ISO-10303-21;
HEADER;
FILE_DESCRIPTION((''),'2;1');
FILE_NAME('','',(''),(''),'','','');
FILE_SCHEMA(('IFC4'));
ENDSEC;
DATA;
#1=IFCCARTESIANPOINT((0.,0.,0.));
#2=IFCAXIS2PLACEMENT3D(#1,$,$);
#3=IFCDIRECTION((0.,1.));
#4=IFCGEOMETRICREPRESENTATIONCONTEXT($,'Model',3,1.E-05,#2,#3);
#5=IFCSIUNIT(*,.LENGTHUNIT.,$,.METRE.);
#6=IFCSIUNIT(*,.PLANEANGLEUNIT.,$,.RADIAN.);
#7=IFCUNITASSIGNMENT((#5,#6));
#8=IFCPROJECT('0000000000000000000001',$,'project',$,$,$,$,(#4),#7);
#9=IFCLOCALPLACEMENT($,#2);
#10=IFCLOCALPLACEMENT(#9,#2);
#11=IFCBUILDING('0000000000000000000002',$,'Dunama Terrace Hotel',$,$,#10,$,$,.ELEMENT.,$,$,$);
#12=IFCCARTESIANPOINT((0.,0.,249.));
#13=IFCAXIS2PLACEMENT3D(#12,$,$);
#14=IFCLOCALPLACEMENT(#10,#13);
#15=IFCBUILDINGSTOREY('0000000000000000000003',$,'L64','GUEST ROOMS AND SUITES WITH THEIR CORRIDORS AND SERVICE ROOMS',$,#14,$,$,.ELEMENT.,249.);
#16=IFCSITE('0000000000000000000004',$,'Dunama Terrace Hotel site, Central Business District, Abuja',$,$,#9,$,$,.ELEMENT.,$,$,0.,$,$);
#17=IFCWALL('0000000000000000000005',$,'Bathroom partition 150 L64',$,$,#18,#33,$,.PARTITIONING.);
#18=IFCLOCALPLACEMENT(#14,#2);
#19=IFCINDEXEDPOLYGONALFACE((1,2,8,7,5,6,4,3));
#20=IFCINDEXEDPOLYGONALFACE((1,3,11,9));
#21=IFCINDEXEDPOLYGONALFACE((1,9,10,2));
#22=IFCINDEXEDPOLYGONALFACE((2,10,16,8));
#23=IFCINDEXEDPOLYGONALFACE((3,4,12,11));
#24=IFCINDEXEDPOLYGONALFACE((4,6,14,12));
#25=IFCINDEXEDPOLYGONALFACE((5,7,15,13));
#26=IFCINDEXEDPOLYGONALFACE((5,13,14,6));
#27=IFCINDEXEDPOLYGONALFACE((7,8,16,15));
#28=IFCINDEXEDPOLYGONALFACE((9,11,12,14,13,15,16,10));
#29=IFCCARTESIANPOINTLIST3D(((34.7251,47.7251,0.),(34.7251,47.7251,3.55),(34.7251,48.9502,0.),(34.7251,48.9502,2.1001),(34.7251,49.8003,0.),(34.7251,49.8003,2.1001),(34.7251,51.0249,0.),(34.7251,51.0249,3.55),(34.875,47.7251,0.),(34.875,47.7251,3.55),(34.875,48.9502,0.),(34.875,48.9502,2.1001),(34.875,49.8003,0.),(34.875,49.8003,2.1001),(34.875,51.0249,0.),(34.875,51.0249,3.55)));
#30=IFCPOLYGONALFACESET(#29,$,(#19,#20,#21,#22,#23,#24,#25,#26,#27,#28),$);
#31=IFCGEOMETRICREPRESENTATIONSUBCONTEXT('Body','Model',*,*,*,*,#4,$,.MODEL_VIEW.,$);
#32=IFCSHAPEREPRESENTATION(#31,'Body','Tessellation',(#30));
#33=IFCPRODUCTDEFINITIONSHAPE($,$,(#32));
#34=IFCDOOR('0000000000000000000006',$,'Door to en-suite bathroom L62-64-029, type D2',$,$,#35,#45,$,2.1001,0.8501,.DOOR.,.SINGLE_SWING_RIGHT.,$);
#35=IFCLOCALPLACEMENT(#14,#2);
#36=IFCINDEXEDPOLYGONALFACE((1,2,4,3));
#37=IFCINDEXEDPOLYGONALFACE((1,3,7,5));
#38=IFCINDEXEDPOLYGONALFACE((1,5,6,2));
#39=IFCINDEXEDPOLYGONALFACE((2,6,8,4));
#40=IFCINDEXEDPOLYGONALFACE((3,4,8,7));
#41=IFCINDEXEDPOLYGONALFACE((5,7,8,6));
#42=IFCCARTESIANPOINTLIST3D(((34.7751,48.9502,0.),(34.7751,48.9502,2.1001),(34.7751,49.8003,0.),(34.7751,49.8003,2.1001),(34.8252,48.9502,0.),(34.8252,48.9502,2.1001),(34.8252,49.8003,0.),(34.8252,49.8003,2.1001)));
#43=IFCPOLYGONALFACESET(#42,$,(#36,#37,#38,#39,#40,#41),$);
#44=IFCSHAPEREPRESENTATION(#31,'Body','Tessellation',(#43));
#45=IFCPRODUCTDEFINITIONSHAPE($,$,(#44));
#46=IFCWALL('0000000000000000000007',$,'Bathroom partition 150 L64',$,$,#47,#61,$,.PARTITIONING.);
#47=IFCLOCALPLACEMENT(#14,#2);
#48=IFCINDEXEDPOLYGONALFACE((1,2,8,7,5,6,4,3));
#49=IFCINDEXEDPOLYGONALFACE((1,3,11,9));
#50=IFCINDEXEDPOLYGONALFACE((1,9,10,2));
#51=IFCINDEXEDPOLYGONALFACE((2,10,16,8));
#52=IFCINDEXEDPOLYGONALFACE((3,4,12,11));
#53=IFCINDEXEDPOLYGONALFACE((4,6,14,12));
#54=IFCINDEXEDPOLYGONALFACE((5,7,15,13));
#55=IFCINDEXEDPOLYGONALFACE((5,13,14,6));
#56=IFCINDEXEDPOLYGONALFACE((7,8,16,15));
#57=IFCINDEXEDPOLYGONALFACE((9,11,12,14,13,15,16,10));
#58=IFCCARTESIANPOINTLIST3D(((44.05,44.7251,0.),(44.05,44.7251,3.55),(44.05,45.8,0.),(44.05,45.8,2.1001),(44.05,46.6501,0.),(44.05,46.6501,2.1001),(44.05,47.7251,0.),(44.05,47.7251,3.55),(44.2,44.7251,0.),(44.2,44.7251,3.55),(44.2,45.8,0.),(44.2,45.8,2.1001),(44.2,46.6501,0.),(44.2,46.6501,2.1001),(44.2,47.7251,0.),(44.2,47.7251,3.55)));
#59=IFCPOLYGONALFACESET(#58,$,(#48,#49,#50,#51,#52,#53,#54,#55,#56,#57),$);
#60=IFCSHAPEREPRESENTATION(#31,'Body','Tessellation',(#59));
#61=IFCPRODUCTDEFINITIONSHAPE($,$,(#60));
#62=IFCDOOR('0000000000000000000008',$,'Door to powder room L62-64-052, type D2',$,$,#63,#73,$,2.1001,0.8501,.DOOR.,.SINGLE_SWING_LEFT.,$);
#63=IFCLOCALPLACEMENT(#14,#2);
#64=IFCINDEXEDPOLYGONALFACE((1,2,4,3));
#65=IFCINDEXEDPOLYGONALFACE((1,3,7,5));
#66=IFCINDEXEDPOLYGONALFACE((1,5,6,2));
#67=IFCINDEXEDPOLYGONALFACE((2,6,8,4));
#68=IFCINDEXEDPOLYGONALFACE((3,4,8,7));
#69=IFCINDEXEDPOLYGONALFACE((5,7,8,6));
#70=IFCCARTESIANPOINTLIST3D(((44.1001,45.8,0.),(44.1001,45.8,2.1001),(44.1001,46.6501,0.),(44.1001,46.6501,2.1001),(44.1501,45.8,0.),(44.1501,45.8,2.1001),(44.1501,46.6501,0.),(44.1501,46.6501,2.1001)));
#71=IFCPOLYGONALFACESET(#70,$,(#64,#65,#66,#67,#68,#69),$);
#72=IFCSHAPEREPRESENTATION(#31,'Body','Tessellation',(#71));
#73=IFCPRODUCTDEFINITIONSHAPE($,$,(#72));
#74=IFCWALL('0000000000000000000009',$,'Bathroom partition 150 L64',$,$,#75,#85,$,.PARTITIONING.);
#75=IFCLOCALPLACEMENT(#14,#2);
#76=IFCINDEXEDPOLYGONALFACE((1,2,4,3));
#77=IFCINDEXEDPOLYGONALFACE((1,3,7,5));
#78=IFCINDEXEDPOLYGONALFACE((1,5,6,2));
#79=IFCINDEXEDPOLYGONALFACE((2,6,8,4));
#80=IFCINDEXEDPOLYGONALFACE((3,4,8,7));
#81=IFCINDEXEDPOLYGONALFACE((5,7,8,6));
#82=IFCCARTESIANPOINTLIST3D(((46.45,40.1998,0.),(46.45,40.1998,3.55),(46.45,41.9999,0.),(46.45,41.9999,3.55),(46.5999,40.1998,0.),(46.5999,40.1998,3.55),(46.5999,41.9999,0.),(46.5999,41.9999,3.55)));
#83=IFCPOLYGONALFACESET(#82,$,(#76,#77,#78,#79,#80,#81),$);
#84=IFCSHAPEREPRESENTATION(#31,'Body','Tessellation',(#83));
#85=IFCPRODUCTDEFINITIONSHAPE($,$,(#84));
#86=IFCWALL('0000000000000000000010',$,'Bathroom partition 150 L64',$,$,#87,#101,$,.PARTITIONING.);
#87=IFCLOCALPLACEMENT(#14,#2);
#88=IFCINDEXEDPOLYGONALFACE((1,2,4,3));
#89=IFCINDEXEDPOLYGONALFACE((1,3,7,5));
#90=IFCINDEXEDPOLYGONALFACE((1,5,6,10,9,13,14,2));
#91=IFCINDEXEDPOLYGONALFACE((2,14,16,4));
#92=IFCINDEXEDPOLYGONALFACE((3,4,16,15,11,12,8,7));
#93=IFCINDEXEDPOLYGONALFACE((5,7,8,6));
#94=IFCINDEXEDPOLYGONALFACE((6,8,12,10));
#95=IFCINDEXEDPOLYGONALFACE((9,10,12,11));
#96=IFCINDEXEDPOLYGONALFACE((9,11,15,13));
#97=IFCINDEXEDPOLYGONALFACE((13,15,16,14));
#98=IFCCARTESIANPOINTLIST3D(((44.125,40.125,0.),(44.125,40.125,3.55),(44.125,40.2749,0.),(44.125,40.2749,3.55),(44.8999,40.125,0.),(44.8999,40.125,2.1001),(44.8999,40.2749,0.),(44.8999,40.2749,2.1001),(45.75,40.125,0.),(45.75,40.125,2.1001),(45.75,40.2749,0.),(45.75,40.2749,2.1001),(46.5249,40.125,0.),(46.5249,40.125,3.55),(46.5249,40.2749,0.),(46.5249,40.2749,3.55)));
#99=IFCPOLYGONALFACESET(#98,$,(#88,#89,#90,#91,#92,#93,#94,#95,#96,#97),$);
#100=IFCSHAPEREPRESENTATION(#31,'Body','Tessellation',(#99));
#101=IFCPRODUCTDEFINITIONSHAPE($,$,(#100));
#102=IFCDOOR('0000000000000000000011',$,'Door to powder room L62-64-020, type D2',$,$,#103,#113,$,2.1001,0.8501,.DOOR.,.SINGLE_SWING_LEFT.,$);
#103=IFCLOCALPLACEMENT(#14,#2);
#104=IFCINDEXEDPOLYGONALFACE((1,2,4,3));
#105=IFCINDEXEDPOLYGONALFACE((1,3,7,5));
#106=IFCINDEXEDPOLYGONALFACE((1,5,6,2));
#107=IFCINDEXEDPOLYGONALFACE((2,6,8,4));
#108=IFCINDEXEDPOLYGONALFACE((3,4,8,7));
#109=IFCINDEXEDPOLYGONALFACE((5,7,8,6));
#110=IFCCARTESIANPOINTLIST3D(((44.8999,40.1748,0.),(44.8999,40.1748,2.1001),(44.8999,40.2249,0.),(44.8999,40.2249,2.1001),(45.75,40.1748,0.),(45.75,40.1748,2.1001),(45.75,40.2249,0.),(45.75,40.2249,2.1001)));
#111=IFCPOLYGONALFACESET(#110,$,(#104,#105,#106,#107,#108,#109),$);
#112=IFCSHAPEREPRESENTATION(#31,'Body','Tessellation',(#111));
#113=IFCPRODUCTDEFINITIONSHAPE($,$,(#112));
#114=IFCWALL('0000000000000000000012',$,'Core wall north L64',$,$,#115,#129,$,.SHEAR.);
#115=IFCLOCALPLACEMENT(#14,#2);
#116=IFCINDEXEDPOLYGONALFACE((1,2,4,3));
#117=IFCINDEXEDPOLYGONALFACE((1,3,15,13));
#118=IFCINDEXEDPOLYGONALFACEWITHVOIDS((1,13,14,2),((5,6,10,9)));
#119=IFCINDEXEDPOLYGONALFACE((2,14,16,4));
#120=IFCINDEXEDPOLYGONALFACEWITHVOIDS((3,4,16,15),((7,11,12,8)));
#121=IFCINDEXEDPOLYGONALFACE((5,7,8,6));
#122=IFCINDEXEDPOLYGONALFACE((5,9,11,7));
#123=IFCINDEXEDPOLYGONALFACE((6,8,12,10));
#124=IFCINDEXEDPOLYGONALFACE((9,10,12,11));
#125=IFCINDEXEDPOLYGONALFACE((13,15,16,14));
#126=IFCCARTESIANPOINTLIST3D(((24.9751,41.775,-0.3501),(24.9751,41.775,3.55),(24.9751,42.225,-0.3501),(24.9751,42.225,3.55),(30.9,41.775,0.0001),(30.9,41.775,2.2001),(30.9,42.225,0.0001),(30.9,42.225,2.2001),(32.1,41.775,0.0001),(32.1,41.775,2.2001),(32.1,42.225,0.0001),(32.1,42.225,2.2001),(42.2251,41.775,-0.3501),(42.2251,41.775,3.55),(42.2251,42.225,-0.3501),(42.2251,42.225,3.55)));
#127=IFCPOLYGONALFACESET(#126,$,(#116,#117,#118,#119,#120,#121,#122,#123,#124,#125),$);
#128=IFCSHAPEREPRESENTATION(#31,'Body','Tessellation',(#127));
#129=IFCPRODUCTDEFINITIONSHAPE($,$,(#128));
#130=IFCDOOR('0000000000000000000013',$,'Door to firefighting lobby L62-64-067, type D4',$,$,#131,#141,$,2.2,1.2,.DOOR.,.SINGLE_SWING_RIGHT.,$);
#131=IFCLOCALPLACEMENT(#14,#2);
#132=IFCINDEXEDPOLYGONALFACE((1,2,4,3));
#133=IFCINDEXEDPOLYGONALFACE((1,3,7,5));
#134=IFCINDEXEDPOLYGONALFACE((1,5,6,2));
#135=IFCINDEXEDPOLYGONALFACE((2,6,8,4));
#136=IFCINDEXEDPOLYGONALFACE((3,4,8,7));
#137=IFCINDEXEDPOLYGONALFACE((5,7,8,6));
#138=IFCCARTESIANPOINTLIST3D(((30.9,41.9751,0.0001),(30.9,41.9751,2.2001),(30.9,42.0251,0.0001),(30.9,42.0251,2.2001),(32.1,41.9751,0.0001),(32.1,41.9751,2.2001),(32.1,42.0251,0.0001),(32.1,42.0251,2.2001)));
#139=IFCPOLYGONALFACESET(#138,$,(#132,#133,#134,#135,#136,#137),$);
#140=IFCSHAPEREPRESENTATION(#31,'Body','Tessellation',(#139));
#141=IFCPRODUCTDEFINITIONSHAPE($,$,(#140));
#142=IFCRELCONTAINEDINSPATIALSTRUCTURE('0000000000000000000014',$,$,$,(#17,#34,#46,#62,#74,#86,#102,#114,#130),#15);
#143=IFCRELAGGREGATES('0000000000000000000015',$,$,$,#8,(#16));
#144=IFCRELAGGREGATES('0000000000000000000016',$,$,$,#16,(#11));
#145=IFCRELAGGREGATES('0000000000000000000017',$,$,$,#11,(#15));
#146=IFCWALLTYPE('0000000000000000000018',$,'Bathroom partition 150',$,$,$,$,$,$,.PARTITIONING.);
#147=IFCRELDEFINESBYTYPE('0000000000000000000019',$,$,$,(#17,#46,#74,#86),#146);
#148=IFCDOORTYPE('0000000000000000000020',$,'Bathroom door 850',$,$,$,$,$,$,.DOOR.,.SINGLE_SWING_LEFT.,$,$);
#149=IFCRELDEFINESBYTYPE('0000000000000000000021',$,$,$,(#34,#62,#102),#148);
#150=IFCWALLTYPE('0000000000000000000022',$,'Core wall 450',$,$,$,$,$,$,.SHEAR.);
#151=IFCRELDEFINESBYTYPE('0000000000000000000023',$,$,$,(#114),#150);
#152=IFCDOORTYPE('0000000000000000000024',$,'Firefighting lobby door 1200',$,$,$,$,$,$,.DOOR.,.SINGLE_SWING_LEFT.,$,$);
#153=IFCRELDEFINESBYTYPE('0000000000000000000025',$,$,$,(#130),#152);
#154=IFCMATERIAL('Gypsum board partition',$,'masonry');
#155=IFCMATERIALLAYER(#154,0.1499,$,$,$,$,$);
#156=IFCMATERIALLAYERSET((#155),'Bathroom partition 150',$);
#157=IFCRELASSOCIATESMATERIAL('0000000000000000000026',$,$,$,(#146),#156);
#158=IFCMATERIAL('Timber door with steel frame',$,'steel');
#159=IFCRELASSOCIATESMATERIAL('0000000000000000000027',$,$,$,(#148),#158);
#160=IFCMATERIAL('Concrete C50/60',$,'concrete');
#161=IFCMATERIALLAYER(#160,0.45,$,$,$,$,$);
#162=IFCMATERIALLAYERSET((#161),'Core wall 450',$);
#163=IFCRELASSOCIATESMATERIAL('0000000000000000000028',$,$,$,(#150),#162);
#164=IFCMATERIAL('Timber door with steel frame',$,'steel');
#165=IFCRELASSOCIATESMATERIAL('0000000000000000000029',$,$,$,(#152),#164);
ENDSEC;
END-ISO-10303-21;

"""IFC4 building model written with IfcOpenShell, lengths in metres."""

from ifc_helpers import new_model, si_unit, direction, frame, frame_2d, origin, place, context, subcontext, project, spatial, rectangle, extrude, material, layer, layer_set, type_object, element, fill, save


model = new_model("IFC4")

# Units and contexts
model_context = context("Model", 3, precision=1e-05, world=origin(), true_north=direction((0.0, 1.0)))
body_context = subcontext(model_context, "Body", "Model", "MODEL_VIEW")
ifc_project = project(units=[si_unit("LENGTHUNIT", "METRE"), si_unit("PLANEANGLEUNIT", "RADIAN")], contexts=[model_context])

# Site, building, storey
site_placement = place(None, origin())
site = spatial("IfcSite", under=ifc_project, at=site_placement, Name="Dunama Terrace Hotel site, Central Business District, Abuja", CompositionType="ELEMENT", RefElevation=0.0)
building_placement = place(site_placement, origin())
building = spatial("IfcBuilding", under=site, at=building_placement, Name="Dunama Terrace Hotel", CompositionType="ELEMENT")
storey_placement = place(building_placement, frame((0.0, 0.0, 249.0)))
storey = spatial("IfcBuildingStorey", under=building, at=storey_placement, Name="L64", Description="GUEST ROOMS AND SUITES WITH THEIR CORRIDORS AND SERVICE ROOMS", CompositionType="ELEMENT", Elevation=249.0)

# Walls, openings, doors
ifc_material_1 = material(Name="Gypsum board partition", Category="masonry")
ifc_layer_1 = layer(ifc_material_1, 0.1499)
ifc_layer_set_1 = layer_set([ifc_layer_1], Name="Bathroom partition 150")
wall_type_1 = type_object("IfcWallType", Name="Bathroom partition 150", PredefinedType="PARTITIONING", material=ifc_layer_set_1)
wall_1_placement = place(storey_placement, frame((34.8, 47.7251, 0.0), z_axis=(0.0, 0.0, 1.0), x_axis=(0.0, 1.0, 0.0)))
wall_1 = element("IfcWall", 1, at=wall_1_placement, inside=storey, type_object=wall_type_1, Name="Bathroom partition 150 L64", PredefinedType="PARTITIONING", context=body_context, shape_type="SweptSolid", body=[
    extrude(rectangle(XDim=3.2998, YDim=0.1499, at=frame_2d((1.6499, 0.0))), origin(), (0.0, 0.0, 1.0), 3.55),
])
opening_1_placement = place(wall_1_placement, frame((1.2251, 0.0, 0.0)))
opening_1 = element("IfcOpeningElement", 2, at=opening_1_placement, cuts=wall_1, PredefinedType="OPENING", context=body_context, shape_type="SweptSolid", body=[
    extrude(rectangle(XDim=0.8501, YDim=2.1001, at=frame_2d((0.425, 1.05))), frame((0.0, 0.085, 0.0), z_axis=(0.0, -1.0, 0.0), x_axis=(1.0, 0.0, 0.0)), (0.0, 0.0, 1.0), 0.1699),
])
ifc_material_2 = material(Name="Timber door with steel frame", Category="steel")
door_type_1 = type_object("IfcDoorType", Name="Bathroom door 850", OperationType="SINGLE_SWING_LEFT", PredefinedType="DOOR", material=ifc_material_2)
door_1_placement = place(opening_1_placement, frame((0.8501, 0.0, 0.0), z_axis=(0.0, 0.0, 1.0), x_axis=(-1.0, 0.0, 0.0)))
door_1 = element("IfcDoor", 3, at=door_1_placement, inside=storey, type_object=door_type_1, Name="Door to en-suite bathroom L62-64-029, type D2", OperationType="SINGLE_SWING_RIGHT", OverallHeight=2.1001, OverallWidth=0.8501, PredefinedType="DOOR", context=body_context, shape_type="SweptSolid", body=[
    extrude(rectangle(XDim=0.8501, YDim=2.1001, at=frame_2d((0.425, 1.05))), frame((0.0, 0.0251, 0.0), z_axis=(0.0, -1.0, 0.0), x_axis=(1.0, 0.0, 0.0)), (0.0, 0.0, 1.0), 0.05),
])
fill(opening_1, door_1)
wall_2_placement = place(storey_placement, frame((44.125, 44.7251, 0.0), z_axis=(0.0, 0.0, 1.0), x_axis=(0.0, 1.0, 0.0)))
wall_2 = element("IfcWall", 4, at=wall_2_placement, inside=storey, type_object=wall_type_1, Name="Bathroom partition 150 L64", PredefinedType="PARTITIONING", context=body_context, shape_type="SweptSolid", body=[
    extrude(rectangle(XDim=3.0, YDim=0.1499, at=frame_2d((1.5, 0.0))), origin(), (0.0, 0.0, 1.0), 3.55),
])
opening_2_placement = place(wall_2_placement, frame((1.075, 0.0, 0.0)))
opening_2 = element("IfcOpeningElement", 5, at=opening_2_placement, cuts=wall_2, PredefinedType="OPENING", context=body_context, shape_type="SweptSolid", body=[
    extrude(rectangle(XDim=0.8501, YDim=2.1001, at=frame_2d((0.425, 1.05))), frame((0.0, 0.085, 0.0), z_axis=(0.0, -1.0, 0.0), x_axis=(1.0, 0.0, 0.0)), (0.0, 0.0, 1.0), 0.1699),
])
door_2_placement = place(opening_2_placement, origin())
door_2 = element("IfcDoor", 6, at=door_2_placement, inside=storey, type_object=door_type_1, Name="Door to powder room L62-64-052, type D2", OperationType="SINGLE_SWING_LEFT", OverallHeight=2.1001, OverallWidth=0.8501, PredefinedType="DOOR", context=body_context, shape_type="SweptSolid", body=[
    extrude(rectangle(XDim=0.8501, YDim=2.1001, at=frame_2d((0.425, 1.05))), frame((0.0, 0.0249, 0.0), z_axis=(0.0, -1.0, 0.0), x_axis=(1.0, 0.0, 0.0)), (0.0, 0.0, 1.0), 0.05),
])
fill(opening_2, door_2)

# Wall
wall_3_placement = place(storey_placement, frame((46.5249, 40.2, 0.0), z_axis=(0.0, 0.0, 1.0), x_axis=(0.0, 1.0, 0.0)))
element("IfcWall", 7, at=wall_3_placement, inside=storey, type_object=wall_type_1, Name="Bathroom partition 150 L64", PredefinedType="PARTITIONING", context=body_context, shape_type="SweptSolid", body=[
    extrude(rectangle(XDim=1.8, YDim=0.1499, at=frame_2d((0.8999, 0.0))), origin(), (0.0, 0.0, 1.0), 3.55),
])

# Walls, openings, doors
wall_4_placement = place(storey_placement, frame((44.125, 40.2, 0.0), z_axis=(0.0, 0.0, 1.0), x_axis=(1.0, 0.0, 0.0)))
wall_4 = element("IfcWall", 8, at=wall_4_placement, inside=storey, type_object=wall_type_1, Name="Bathroom partition 150 L64", PredefinedType="PARTITIONING", context=body_context, shape_type="SweptSolid", body=[
    extrude(rectangle(XDim=2.3999, YDim=0.1499, at=frame_2d((1.2, 0.0))), origin(), (0.0, 0.0, 1.0), 3.55),
])
opening_3_placement = place(wall_4_placement, frame((0.7749, 0.0, 0.0)))
opening_3 = element("IfcOpeningElement", 9, at=opening_3_placement, cuts=wall_4, PredefinedType="OPENING", context=body_context, shape_type="SweptSolid", body=[
    extrude(rectangle(XDim=0.8501, YDim=2.1001, at=frame_2d((0.425, 1.05))), frame((0.0, 0.085, 0.0), z_axis=(0.0, -1.0, 0.0), x_axis=(1.0, 0.0, 0.0)), (0.0, 0.0, 1.0), 0.1699),
])
door_3_placement = place(opening_3_placement, origin())
door_3 = element("IfcDoor", 10, at=door_3_placement, inside=storey, type_object=door_type_1, Name="Door to powder room L62-64-020, type D2", OperationType="SINGLE_SWING_LEFT", OverallHeight=2.1001, OverallWidth=0.8501, PredefinedType="DOOR", context=body_context, shape_type="SweptSolid", body=[
    extrude(rectangle(XDim=0.8501, YDim=2.1001, at=frame_2d((0.425, 1.05))), frame((0.0, 0.0249, 0.0), z_axis=(0.0, -1.0, 0.0), x_axis=(1.0, 0.0, 0.0)), (0.0, 0.0, 1.0), 0.05),
])
fill(opening_3, door_3)
ifc_material_3 = material(Name="Concrete C50/60", Category="concrete")
ifc_layer_2 = layer(ifc_material_3, 0.45)
ifc_layer_set_2 = layer_set([ifc_layer_2], Name="Core wall 450")
wall_type_2 = type_object("IfcWallType", Name="Core wall 450", PredefinedType="SHEAR", material=ifc_layer_set_2)
wall_5_placement = place(storey_placement, frame((42.2251, 42.0, -0.3501), z_axis=(0.0, 0.0, 1.0), x_axis=(-1.0, 0.0, 0.0)))
wall_5 = element("IfcWall", 11, at=wall_5_placement, inside=storey, type_object=wall_type_2, Name="Core wall north L64", PredefinedType="SHEAR", context=body_context, shape_type="SweptSolid", body=[
    extrude(rectangle(XDim=17.25, YDim=0.45, at=frame_2d((8.625, 0.0))), origin(), (0.0, 0.0, 1.0), 3.9001),
])
opening_4_placement = place(wall_5_placement, frame((10.125, 0.0, 0.3501)))
opening_4 = element("IfcOpeningElement", 12, at=opening_4_placement, cuts=wall_5, PredefinedType="OPENING", context=body_context, shape_type="SweptSolid", body=[
    extrude(rectangle(XDim=1.2, YDim=2.2, at=frame_2d((0.6001, 1.1001))), frame((0.0, 0.2349, 0.0), z_axis=(0.0, -1.0, 0.0), x_axis=(1.0, 0.0, 0.0)), (0.0, 0.0, 1.0), 0.47),
])
ifc_material_4 = material(Name="Timber door with steel frame", Category="steel")
door_type_2 = type_object("IfcDoorType", Name="Firefighting lobby door 1200", OperationType="SINGLE_SWING_LEFT", PredefinedType="DOOR", material=ifc_material_4)
door_4_placement = place(opening_4_placement, origin())
door_4 = element("IfcDoor", 13, at=door_4_placement, inside=storey, type_object=door_type_2, Name="Door to firefighting lobby L62-64-067, type D4", OperationType="SINGLE_SWING_RIGHT", OverallHeight=2.2, OverallWidth=1.2, PredefinedType="DOOR", context=body_context, shape_type="SweptSolid", body=[
    extrude(rectangle(XDim=1.2, YDim=2.2, at=frame_2d((0.6001, 1.1001))), frame((0.0, 0.0249, 0.0), z_axis=(0.0, -1.0, 0.0), x_axis=(1.0, 0.0, 0.0)), (0.0, 0.0, 1.0), 0.05),
])
fill(opening_4, door_4)

save(model, "model.ifc")
